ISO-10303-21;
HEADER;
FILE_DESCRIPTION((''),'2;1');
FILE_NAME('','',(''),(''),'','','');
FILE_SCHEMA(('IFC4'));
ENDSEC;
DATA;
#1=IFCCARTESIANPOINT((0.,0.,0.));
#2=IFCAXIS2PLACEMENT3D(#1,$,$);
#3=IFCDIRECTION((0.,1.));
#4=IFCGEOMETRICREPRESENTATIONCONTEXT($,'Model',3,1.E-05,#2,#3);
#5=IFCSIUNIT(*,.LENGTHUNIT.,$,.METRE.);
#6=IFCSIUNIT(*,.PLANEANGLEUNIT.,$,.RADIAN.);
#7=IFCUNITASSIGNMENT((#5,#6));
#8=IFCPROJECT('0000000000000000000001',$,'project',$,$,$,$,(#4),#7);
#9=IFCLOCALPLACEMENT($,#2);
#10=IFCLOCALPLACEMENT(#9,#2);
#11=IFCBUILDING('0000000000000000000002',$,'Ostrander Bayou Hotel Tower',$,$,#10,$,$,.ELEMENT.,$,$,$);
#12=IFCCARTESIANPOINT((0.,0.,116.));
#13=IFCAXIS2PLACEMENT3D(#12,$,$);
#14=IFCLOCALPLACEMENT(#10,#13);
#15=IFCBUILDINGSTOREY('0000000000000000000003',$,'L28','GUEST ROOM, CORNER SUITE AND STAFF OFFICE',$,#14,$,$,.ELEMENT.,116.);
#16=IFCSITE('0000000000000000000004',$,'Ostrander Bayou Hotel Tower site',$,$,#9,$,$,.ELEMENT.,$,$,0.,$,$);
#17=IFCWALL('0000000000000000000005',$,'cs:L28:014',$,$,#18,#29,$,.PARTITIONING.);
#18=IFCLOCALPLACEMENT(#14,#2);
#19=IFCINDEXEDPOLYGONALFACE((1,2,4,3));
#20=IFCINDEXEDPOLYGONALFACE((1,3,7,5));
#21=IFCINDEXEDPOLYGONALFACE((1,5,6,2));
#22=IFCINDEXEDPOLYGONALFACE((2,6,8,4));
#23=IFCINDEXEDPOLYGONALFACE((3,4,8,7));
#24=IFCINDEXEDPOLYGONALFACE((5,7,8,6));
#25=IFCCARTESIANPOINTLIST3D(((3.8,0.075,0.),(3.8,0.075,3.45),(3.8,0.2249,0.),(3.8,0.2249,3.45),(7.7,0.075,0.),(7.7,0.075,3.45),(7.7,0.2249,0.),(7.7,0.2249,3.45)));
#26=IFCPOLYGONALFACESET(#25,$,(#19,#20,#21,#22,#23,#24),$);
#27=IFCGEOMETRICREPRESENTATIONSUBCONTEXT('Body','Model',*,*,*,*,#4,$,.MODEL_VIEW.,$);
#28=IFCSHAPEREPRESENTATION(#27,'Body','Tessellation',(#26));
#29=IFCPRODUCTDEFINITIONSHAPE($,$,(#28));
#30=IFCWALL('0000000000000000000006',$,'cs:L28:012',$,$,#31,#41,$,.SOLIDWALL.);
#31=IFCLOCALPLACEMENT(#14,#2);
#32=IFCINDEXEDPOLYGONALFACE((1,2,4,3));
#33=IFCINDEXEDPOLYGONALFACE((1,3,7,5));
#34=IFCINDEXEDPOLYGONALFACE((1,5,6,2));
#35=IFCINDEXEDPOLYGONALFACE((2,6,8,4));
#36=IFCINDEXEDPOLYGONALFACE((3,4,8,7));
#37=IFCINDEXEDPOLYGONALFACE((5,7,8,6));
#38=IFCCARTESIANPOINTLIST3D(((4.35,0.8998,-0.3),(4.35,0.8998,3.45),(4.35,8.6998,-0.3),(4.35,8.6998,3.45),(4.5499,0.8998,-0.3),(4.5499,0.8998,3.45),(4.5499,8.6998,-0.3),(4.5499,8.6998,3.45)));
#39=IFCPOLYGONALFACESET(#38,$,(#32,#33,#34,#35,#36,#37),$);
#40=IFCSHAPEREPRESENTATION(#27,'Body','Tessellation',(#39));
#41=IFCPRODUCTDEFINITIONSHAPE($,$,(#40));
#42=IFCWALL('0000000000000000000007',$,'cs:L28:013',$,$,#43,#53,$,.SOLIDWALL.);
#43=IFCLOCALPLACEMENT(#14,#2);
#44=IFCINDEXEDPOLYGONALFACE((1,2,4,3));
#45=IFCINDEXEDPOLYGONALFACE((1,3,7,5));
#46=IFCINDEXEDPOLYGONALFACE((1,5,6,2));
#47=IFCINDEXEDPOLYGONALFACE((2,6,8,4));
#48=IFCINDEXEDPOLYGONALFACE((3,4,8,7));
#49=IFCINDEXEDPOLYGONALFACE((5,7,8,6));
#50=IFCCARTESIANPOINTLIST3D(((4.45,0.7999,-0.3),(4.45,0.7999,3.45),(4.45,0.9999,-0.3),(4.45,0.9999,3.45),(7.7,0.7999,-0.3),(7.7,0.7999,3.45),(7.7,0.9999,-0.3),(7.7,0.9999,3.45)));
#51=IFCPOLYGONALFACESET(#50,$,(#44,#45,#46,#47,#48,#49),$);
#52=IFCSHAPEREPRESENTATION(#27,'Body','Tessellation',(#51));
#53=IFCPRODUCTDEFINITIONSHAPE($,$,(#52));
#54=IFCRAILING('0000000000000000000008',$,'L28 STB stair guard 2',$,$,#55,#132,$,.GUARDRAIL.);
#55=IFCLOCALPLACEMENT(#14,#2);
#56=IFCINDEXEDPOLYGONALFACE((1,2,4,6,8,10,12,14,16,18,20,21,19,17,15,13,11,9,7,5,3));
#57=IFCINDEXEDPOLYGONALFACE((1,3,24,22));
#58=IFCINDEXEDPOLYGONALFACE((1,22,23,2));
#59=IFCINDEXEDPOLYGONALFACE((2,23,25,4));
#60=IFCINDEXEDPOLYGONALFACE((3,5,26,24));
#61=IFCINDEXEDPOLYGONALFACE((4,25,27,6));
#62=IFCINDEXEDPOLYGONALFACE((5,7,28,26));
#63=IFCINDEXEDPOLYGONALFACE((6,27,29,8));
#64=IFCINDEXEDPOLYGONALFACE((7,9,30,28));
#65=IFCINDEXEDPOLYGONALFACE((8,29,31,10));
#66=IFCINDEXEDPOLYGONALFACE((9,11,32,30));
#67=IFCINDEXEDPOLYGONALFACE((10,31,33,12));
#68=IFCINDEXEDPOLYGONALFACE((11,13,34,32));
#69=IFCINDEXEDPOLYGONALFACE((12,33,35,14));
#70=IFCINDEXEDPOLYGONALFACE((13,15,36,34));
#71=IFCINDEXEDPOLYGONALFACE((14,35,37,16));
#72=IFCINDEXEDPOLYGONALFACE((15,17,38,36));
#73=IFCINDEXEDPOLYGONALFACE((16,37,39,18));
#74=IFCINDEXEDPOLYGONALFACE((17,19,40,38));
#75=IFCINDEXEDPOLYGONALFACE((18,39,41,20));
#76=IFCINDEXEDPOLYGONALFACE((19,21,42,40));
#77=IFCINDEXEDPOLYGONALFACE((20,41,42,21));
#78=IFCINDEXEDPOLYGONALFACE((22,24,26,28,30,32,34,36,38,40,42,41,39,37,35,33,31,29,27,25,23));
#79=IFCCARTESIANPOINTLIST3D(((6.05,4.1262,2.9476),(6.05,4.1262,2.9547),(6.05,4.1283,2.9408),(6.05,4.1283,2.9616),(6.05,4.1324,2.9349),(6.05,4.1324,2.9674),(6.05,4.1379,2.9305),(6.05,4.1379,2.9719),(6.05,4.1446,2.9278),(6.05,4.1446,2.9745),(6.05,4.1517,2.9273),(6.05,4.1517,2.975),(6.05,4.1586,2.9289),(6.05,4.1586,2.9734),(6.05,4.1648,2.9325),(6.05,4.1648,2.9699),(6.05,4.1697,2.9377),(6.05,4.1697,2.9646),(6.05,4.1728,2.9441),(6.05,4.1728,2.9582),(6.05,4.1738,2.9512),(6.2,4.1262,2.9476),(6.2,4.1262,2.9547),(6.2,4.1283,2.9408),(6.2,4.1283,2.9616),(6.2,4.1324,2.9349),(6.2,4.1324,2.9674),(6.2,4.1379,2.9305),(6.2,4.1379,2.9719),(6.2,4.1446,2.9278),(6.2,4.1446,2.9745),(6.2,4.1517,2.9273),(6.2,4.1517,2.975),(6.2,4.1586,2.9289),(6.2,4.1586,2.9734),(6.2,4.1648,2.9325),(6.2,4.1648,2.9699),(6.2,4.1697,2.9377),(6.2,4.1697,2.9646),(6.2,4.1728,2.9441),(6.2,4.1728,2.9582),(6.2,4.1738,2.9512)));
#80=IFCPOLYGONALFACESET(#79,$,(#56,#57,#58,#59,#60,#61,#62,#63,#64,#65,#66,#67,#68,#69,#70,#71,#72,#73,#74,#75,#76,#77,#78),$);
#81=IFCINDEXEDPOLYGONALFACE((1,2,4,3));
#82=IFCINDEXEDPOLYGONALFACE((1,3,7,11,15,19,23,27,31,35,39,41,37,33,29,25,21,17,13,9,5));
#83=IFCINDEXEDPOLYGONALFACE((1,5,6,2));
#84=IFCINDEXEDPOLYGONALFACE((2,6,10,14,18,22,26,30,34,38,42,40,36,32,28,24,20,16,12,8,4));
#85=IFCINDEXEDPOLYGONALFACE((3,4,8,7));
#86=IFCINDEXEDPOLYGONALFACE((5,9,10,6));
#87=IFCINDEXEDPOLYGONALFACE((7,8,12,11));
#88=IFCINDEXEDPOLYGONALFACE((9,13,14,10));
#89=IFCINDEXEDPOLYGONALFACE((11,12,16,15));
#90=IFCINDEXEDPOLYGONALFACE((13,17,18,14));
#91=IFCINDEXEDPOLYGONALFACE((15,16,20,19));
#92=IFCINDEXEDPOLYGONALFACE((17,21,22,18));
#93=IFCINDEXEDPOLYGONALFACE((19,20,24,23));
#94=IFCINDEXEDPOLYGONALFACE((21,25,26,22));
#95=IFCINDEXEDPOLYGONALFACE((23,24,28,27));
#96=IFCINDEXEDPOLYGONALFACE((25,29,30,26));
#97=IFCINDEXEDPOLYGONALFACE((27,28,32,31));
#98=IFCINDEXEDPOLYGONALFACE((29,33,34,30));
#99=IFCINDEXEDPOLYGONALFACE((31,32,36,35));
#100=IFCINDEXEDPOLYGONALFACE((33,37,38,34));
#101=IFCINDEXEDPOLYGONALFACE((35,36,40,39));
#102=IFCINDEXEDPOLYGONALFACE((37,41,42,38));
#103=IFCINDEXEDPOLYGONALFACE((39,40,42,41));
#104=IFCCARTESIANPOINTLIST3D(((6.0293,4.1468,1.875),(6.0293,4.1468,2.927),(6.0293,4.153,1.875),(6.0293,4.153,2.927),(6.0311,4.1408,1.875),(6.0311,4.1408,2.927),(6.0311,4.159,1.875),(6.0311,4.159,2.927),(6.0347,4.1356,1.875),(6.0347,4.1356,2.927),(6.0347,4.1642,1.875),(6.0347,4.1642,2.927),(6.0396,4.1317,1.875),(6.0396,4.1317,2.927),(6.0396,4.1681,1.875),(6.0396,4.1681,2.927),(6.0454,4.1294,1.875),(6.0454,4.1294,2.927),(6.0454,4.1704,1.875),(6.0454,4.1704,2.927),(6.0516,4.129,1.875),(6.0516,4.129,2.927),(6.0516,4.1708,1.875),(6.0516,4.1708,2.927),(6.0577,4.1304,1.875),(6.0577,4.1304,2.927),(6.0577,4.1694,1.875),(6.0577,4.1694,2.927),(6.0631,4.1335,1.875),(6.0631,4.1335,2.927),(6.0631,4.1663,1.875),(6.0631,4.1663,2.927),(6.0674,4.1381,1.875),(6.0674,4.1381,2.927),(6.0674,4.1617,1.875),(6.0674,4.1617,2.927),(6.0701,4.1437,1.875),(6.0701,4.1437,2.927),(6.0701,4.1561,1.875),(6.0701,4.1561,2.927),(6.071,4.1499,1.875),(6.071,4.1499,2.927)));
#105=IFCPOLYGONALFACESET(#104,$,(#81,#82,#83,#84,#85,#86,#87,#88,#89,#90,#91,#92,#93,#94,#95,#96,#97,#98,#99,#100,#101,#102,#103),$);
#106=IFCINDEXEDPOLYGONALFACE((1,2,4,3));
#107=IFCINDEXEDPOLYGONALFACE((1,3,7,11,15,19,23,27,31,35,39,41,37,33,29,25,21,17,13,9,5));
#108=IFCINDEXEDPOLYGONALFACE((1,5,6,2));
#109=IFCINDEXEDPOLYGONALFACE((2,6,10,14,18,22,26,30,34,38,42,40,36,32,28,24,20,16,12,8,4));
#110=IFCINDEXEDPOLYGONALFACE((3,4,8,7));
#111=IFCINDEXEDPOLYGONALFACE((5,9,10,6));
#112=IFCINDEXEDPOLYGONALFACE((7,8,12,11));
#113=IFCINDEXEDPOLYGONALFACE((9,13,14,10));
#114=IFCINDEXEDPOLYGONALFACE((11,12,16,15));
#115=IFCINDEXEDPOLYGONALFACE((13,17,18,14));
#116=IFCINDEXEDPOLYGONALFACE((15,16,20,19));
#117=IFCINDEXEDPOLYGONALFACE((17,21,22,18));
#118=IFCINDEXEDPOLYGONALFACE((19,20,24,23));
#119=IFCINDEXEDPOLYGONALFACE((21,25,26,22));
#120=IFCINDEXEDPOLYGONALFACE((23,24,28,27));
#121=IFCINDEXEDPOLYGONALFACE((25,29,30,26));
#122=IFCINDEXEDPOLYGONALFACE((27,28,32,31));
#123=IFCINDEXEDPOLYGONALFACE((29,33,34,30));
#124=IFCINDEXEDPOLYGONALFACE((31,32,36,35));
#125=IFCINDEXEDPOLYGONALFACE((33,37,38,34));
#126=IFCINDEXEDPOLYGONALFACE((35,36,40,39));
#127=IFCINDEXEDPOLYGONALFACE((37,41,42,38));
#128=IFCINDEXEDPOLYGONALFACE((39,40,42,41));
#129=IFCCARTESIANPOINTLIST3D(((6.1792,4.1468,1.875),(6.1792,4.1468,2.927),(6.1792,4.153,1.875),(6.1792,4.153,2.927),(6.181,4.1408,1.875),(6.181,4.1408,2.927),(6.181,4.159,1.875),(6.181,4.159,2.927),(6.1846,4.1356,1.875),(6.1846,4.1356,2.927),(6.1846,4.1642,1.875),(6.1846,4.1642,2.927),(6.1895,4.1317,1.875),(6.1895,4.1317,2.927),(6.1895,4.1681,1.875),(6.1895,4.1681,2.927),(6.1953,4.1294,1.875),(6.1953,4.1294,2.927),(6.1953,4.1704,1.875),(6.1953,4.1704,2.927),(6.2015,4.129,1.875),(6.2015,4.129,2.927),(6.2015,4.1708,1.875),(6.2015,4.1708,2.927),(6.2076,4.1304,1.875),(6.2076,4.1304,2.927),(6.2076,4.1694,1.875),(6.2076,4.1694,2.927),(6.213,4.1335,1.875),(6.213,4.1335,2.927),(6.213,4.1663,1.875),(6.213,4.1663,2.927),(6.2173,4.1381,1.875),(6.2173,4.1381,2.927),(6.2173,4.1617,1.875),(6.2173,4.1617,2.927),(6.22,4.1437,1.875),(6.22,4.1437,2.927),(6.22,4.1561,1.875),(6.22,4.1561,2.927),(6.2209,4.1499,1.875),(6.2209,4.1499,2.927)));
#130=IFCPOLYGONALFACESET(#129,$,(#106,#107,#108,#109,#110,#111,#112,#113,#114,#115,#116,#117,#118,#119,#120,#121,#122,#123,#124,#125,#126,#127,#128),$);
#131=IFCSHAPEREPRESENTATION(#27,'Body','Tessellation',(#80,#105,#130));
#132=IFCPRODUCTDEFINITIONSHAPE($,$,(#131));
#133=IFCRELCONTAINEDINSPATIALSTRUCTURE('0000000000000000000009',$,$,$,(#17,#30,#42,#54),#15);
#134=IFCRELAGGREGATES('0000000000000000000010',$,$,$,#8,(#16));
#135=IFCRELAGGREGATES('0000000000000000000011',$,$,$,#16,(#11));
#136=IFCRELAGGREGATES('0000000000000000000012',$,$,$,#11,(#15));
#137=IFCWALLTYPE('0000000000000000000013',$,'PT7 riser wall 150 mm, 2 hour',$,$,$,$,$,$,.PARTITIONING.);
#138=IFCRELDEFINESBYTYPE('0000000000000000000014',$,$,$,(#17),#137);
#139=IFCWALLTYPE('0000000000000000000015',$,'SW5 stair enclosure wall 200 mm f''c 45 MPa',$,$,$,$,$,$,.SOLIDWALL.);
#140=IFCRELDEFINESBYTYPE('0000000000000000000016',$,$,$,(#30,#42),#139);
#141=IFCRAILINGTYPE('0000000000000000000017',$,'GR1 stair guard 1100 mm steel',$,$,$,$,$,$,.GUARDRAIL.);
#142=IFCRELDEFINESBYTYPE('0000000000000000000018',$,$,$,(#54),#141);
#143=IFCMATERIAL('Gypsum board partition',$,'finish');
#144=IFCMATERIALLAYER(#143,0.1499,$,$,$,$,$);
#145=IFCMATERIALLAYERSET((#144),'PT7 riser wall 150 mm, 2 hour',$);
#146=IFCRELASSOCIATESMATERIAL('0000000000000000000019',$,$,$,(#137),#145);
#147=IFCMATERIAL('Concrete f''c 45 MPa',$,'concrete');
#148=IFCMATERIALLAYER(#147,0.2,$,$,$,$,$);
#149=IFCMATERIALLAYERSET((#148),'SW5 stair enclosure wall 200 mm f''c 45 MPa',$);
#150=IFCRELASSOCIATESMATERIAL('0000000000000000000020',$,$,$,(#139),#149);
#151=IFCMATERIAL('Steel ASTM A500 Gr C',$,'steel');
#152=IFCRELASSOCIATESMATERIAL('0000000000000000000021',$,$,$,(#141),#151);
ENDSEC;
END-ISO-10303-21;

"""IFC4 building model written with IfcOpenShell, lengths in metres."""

from ifc_helpers import new_model, si_unit, direction, frame, frame_2d, origin, origin_2d, place, context, subcontext, project, spatial, rectangle, circle, extrude, material, layer, layer_set, type_object, element, save


model = new_model("IFC4")

# Units and contexts
model_context = context("Model", 3, precision=1e-05, world=origin(), true_north=direction((0.0, 1.0)))
body_context = subcontext(model_context, "Body", "Model", "MODEL_VIEW")
ifc_project = project(units=[si_unit("LENGTHUNIT", "METRE"), si_unit("PLANEANGLEUNIT", "RADIAN")], contexts=[model_context])

# Site, building, storey
site_placement = place(None, origin())
site = spatial("IfcSite", under=ifc_project, at=site_placement, Name="Ostrander Bayou Hotel Tower site", CompositionType="ELEMENT", RefElevation=0.0)
building_placement = place(site_placement, origin())
building = spatial("IfcBuilding", under=site, at=building_placement, Name="Ostrander Bayou Hotel Tower", CompositionType="ELEMENT")
storey_placement = place(building_placement, frame((0.0, 0.0, 116.0)))
storey = spatial("IfcBuildingStorey", under=building, at=storey_placement, Name="L28", Description="GUEST ROOM, CORNER SUITE AND STAFF OFFICE", CompositionType="ELEMENT", Elevation=116.0)

# Walls
ifc_material_1 = material(Name="Gypsum board partition", Category="finish")
ifc_layer_1 = layer(ifc_material_1, 0.1499)
ifc_layer_set_1 = layer_set([ifc_layer_1], Name="PT7 riser wall 150 mm, 2 hour")
wall_type_1 = type_object("IfcWallType", Name="PT7 riser wall 150 mm, 2 hour", PredefinedType="PARTITIONING", material=ifc_layer_set_1)
wall_1_placement = place(storey_placement, frame((3.8, 0.1499, 0.0), z_axis=(0.0, 0.0, 1.0), x_axis=(1.0, 0.0, 0.0)))
element("IfcWall", 1, at=wall_1_placement, inside=storey, type_object=wall_type_1, Name="cs:L28:014", PredefinedType="PARTITIONING", context=body_context, shape_type="SweptSolid", body=[
    extrude(rectangle(XDim=3.8999, YDim=0.1499, at=frame_2d((1.95, 0.0))), origin(), (0.0, 0.0, 1.0), 3.45),
])
ifc_material_2 = material(Name="Concrete f'c 45 MPa", Category="concrete")
ifc_layer_2 = layer(ifc_material_2, 0.2)
ifc_layer_set_2 = layer_set([ifc_layer_2], Name="SW5 stair enclosure wall 200 mm f'c 45 MPa")
wall_type_2 = type_object("IfcWallType", Name="SW5 stair enclosure wall 200 mm f'c 45 MPa", PredefinedType="SOLIDWALL", material=ifc_layer_set_2)
wall_2_placement = place(storey_placement, frame((4.45, 0.8999, -0.3), z_axis=(0.0, 0.0, 1.0), x_axis=(0.0, 1.0, 0.0)))
element("IfcWall", 2, at=wall_2_placement, inside=storey, type_object=wall_type_2, Name="cs:L28:012", PredefinedType="SOLIDWALL", context=body_context, shape_type="SweptSolid", body=[
    extrude(rectangle(XDim=7.8, YDim=0.2, at=frame_2d((3.8999, 0.0))), origin(), (0.0, 0.0, 1.0), 3.75),
])
wall_3_placement = place(storey_placement, frame((4.45, 0.8999, -0.3), z_axis=(0.0, 0.0, 1.0), x_axis=(1.0, 0.0, 0.0)))
element("IfcWall", 3, at=wall_3_placement, inside=storey, type_object=wall_type_2, Name="cs:L28:013", PredefinedType="SOLIDWALL", context=body_context, shape_type="SweptSolid", body=[
    extrude(rectangle(XDim=3.25, YDim=0.2, at=frame_2d((1.625, 0.0))), origin(), (0.0, 0.0, 1.0), 3.75),
])

# Railing
ifc_material_3 = material(Name="Steel ASTM A500 Gr C", Category="steel")
railing_type = type_object("IfcRailingType", Name="GR1 stair guard 1100 mm steel", PredefinedType="GUARDRAIL", material=ifc_material_3)
railing_1_placement = place(storey_placement, frame((6.05, 4.1499, 1.875)))
element("IfcRailing", 4, at=railing_1_placement, inside=storey, type_object=railing_type, Name="L28 STB stair guard 2", PredefinedType="GUARDRAIL", context=body_context, shape_type="SweptSolid", body=[
    extrude(circle(Radius=0.0239, at=origin_2d()), frame((0.0, 0.0, 1.0762), z_axis=(1.0, 0.0, 0.0), x_axis=(0.0, 1.0, 0.0)), (0.0, 0.0, 1.0), 0.1499),
    extrude(circle(Radius=0.021, at=origin_2d()), origin(), (0.0, 0.0, 1.0), 1.052),
    extrude(circle(Radius=0.021, at=origin_2d()), frame((0.1499, 0.0, 0.0)), (0.0, 0.0, 1.0), 1.052),
])

save(model, "model.ifc")
